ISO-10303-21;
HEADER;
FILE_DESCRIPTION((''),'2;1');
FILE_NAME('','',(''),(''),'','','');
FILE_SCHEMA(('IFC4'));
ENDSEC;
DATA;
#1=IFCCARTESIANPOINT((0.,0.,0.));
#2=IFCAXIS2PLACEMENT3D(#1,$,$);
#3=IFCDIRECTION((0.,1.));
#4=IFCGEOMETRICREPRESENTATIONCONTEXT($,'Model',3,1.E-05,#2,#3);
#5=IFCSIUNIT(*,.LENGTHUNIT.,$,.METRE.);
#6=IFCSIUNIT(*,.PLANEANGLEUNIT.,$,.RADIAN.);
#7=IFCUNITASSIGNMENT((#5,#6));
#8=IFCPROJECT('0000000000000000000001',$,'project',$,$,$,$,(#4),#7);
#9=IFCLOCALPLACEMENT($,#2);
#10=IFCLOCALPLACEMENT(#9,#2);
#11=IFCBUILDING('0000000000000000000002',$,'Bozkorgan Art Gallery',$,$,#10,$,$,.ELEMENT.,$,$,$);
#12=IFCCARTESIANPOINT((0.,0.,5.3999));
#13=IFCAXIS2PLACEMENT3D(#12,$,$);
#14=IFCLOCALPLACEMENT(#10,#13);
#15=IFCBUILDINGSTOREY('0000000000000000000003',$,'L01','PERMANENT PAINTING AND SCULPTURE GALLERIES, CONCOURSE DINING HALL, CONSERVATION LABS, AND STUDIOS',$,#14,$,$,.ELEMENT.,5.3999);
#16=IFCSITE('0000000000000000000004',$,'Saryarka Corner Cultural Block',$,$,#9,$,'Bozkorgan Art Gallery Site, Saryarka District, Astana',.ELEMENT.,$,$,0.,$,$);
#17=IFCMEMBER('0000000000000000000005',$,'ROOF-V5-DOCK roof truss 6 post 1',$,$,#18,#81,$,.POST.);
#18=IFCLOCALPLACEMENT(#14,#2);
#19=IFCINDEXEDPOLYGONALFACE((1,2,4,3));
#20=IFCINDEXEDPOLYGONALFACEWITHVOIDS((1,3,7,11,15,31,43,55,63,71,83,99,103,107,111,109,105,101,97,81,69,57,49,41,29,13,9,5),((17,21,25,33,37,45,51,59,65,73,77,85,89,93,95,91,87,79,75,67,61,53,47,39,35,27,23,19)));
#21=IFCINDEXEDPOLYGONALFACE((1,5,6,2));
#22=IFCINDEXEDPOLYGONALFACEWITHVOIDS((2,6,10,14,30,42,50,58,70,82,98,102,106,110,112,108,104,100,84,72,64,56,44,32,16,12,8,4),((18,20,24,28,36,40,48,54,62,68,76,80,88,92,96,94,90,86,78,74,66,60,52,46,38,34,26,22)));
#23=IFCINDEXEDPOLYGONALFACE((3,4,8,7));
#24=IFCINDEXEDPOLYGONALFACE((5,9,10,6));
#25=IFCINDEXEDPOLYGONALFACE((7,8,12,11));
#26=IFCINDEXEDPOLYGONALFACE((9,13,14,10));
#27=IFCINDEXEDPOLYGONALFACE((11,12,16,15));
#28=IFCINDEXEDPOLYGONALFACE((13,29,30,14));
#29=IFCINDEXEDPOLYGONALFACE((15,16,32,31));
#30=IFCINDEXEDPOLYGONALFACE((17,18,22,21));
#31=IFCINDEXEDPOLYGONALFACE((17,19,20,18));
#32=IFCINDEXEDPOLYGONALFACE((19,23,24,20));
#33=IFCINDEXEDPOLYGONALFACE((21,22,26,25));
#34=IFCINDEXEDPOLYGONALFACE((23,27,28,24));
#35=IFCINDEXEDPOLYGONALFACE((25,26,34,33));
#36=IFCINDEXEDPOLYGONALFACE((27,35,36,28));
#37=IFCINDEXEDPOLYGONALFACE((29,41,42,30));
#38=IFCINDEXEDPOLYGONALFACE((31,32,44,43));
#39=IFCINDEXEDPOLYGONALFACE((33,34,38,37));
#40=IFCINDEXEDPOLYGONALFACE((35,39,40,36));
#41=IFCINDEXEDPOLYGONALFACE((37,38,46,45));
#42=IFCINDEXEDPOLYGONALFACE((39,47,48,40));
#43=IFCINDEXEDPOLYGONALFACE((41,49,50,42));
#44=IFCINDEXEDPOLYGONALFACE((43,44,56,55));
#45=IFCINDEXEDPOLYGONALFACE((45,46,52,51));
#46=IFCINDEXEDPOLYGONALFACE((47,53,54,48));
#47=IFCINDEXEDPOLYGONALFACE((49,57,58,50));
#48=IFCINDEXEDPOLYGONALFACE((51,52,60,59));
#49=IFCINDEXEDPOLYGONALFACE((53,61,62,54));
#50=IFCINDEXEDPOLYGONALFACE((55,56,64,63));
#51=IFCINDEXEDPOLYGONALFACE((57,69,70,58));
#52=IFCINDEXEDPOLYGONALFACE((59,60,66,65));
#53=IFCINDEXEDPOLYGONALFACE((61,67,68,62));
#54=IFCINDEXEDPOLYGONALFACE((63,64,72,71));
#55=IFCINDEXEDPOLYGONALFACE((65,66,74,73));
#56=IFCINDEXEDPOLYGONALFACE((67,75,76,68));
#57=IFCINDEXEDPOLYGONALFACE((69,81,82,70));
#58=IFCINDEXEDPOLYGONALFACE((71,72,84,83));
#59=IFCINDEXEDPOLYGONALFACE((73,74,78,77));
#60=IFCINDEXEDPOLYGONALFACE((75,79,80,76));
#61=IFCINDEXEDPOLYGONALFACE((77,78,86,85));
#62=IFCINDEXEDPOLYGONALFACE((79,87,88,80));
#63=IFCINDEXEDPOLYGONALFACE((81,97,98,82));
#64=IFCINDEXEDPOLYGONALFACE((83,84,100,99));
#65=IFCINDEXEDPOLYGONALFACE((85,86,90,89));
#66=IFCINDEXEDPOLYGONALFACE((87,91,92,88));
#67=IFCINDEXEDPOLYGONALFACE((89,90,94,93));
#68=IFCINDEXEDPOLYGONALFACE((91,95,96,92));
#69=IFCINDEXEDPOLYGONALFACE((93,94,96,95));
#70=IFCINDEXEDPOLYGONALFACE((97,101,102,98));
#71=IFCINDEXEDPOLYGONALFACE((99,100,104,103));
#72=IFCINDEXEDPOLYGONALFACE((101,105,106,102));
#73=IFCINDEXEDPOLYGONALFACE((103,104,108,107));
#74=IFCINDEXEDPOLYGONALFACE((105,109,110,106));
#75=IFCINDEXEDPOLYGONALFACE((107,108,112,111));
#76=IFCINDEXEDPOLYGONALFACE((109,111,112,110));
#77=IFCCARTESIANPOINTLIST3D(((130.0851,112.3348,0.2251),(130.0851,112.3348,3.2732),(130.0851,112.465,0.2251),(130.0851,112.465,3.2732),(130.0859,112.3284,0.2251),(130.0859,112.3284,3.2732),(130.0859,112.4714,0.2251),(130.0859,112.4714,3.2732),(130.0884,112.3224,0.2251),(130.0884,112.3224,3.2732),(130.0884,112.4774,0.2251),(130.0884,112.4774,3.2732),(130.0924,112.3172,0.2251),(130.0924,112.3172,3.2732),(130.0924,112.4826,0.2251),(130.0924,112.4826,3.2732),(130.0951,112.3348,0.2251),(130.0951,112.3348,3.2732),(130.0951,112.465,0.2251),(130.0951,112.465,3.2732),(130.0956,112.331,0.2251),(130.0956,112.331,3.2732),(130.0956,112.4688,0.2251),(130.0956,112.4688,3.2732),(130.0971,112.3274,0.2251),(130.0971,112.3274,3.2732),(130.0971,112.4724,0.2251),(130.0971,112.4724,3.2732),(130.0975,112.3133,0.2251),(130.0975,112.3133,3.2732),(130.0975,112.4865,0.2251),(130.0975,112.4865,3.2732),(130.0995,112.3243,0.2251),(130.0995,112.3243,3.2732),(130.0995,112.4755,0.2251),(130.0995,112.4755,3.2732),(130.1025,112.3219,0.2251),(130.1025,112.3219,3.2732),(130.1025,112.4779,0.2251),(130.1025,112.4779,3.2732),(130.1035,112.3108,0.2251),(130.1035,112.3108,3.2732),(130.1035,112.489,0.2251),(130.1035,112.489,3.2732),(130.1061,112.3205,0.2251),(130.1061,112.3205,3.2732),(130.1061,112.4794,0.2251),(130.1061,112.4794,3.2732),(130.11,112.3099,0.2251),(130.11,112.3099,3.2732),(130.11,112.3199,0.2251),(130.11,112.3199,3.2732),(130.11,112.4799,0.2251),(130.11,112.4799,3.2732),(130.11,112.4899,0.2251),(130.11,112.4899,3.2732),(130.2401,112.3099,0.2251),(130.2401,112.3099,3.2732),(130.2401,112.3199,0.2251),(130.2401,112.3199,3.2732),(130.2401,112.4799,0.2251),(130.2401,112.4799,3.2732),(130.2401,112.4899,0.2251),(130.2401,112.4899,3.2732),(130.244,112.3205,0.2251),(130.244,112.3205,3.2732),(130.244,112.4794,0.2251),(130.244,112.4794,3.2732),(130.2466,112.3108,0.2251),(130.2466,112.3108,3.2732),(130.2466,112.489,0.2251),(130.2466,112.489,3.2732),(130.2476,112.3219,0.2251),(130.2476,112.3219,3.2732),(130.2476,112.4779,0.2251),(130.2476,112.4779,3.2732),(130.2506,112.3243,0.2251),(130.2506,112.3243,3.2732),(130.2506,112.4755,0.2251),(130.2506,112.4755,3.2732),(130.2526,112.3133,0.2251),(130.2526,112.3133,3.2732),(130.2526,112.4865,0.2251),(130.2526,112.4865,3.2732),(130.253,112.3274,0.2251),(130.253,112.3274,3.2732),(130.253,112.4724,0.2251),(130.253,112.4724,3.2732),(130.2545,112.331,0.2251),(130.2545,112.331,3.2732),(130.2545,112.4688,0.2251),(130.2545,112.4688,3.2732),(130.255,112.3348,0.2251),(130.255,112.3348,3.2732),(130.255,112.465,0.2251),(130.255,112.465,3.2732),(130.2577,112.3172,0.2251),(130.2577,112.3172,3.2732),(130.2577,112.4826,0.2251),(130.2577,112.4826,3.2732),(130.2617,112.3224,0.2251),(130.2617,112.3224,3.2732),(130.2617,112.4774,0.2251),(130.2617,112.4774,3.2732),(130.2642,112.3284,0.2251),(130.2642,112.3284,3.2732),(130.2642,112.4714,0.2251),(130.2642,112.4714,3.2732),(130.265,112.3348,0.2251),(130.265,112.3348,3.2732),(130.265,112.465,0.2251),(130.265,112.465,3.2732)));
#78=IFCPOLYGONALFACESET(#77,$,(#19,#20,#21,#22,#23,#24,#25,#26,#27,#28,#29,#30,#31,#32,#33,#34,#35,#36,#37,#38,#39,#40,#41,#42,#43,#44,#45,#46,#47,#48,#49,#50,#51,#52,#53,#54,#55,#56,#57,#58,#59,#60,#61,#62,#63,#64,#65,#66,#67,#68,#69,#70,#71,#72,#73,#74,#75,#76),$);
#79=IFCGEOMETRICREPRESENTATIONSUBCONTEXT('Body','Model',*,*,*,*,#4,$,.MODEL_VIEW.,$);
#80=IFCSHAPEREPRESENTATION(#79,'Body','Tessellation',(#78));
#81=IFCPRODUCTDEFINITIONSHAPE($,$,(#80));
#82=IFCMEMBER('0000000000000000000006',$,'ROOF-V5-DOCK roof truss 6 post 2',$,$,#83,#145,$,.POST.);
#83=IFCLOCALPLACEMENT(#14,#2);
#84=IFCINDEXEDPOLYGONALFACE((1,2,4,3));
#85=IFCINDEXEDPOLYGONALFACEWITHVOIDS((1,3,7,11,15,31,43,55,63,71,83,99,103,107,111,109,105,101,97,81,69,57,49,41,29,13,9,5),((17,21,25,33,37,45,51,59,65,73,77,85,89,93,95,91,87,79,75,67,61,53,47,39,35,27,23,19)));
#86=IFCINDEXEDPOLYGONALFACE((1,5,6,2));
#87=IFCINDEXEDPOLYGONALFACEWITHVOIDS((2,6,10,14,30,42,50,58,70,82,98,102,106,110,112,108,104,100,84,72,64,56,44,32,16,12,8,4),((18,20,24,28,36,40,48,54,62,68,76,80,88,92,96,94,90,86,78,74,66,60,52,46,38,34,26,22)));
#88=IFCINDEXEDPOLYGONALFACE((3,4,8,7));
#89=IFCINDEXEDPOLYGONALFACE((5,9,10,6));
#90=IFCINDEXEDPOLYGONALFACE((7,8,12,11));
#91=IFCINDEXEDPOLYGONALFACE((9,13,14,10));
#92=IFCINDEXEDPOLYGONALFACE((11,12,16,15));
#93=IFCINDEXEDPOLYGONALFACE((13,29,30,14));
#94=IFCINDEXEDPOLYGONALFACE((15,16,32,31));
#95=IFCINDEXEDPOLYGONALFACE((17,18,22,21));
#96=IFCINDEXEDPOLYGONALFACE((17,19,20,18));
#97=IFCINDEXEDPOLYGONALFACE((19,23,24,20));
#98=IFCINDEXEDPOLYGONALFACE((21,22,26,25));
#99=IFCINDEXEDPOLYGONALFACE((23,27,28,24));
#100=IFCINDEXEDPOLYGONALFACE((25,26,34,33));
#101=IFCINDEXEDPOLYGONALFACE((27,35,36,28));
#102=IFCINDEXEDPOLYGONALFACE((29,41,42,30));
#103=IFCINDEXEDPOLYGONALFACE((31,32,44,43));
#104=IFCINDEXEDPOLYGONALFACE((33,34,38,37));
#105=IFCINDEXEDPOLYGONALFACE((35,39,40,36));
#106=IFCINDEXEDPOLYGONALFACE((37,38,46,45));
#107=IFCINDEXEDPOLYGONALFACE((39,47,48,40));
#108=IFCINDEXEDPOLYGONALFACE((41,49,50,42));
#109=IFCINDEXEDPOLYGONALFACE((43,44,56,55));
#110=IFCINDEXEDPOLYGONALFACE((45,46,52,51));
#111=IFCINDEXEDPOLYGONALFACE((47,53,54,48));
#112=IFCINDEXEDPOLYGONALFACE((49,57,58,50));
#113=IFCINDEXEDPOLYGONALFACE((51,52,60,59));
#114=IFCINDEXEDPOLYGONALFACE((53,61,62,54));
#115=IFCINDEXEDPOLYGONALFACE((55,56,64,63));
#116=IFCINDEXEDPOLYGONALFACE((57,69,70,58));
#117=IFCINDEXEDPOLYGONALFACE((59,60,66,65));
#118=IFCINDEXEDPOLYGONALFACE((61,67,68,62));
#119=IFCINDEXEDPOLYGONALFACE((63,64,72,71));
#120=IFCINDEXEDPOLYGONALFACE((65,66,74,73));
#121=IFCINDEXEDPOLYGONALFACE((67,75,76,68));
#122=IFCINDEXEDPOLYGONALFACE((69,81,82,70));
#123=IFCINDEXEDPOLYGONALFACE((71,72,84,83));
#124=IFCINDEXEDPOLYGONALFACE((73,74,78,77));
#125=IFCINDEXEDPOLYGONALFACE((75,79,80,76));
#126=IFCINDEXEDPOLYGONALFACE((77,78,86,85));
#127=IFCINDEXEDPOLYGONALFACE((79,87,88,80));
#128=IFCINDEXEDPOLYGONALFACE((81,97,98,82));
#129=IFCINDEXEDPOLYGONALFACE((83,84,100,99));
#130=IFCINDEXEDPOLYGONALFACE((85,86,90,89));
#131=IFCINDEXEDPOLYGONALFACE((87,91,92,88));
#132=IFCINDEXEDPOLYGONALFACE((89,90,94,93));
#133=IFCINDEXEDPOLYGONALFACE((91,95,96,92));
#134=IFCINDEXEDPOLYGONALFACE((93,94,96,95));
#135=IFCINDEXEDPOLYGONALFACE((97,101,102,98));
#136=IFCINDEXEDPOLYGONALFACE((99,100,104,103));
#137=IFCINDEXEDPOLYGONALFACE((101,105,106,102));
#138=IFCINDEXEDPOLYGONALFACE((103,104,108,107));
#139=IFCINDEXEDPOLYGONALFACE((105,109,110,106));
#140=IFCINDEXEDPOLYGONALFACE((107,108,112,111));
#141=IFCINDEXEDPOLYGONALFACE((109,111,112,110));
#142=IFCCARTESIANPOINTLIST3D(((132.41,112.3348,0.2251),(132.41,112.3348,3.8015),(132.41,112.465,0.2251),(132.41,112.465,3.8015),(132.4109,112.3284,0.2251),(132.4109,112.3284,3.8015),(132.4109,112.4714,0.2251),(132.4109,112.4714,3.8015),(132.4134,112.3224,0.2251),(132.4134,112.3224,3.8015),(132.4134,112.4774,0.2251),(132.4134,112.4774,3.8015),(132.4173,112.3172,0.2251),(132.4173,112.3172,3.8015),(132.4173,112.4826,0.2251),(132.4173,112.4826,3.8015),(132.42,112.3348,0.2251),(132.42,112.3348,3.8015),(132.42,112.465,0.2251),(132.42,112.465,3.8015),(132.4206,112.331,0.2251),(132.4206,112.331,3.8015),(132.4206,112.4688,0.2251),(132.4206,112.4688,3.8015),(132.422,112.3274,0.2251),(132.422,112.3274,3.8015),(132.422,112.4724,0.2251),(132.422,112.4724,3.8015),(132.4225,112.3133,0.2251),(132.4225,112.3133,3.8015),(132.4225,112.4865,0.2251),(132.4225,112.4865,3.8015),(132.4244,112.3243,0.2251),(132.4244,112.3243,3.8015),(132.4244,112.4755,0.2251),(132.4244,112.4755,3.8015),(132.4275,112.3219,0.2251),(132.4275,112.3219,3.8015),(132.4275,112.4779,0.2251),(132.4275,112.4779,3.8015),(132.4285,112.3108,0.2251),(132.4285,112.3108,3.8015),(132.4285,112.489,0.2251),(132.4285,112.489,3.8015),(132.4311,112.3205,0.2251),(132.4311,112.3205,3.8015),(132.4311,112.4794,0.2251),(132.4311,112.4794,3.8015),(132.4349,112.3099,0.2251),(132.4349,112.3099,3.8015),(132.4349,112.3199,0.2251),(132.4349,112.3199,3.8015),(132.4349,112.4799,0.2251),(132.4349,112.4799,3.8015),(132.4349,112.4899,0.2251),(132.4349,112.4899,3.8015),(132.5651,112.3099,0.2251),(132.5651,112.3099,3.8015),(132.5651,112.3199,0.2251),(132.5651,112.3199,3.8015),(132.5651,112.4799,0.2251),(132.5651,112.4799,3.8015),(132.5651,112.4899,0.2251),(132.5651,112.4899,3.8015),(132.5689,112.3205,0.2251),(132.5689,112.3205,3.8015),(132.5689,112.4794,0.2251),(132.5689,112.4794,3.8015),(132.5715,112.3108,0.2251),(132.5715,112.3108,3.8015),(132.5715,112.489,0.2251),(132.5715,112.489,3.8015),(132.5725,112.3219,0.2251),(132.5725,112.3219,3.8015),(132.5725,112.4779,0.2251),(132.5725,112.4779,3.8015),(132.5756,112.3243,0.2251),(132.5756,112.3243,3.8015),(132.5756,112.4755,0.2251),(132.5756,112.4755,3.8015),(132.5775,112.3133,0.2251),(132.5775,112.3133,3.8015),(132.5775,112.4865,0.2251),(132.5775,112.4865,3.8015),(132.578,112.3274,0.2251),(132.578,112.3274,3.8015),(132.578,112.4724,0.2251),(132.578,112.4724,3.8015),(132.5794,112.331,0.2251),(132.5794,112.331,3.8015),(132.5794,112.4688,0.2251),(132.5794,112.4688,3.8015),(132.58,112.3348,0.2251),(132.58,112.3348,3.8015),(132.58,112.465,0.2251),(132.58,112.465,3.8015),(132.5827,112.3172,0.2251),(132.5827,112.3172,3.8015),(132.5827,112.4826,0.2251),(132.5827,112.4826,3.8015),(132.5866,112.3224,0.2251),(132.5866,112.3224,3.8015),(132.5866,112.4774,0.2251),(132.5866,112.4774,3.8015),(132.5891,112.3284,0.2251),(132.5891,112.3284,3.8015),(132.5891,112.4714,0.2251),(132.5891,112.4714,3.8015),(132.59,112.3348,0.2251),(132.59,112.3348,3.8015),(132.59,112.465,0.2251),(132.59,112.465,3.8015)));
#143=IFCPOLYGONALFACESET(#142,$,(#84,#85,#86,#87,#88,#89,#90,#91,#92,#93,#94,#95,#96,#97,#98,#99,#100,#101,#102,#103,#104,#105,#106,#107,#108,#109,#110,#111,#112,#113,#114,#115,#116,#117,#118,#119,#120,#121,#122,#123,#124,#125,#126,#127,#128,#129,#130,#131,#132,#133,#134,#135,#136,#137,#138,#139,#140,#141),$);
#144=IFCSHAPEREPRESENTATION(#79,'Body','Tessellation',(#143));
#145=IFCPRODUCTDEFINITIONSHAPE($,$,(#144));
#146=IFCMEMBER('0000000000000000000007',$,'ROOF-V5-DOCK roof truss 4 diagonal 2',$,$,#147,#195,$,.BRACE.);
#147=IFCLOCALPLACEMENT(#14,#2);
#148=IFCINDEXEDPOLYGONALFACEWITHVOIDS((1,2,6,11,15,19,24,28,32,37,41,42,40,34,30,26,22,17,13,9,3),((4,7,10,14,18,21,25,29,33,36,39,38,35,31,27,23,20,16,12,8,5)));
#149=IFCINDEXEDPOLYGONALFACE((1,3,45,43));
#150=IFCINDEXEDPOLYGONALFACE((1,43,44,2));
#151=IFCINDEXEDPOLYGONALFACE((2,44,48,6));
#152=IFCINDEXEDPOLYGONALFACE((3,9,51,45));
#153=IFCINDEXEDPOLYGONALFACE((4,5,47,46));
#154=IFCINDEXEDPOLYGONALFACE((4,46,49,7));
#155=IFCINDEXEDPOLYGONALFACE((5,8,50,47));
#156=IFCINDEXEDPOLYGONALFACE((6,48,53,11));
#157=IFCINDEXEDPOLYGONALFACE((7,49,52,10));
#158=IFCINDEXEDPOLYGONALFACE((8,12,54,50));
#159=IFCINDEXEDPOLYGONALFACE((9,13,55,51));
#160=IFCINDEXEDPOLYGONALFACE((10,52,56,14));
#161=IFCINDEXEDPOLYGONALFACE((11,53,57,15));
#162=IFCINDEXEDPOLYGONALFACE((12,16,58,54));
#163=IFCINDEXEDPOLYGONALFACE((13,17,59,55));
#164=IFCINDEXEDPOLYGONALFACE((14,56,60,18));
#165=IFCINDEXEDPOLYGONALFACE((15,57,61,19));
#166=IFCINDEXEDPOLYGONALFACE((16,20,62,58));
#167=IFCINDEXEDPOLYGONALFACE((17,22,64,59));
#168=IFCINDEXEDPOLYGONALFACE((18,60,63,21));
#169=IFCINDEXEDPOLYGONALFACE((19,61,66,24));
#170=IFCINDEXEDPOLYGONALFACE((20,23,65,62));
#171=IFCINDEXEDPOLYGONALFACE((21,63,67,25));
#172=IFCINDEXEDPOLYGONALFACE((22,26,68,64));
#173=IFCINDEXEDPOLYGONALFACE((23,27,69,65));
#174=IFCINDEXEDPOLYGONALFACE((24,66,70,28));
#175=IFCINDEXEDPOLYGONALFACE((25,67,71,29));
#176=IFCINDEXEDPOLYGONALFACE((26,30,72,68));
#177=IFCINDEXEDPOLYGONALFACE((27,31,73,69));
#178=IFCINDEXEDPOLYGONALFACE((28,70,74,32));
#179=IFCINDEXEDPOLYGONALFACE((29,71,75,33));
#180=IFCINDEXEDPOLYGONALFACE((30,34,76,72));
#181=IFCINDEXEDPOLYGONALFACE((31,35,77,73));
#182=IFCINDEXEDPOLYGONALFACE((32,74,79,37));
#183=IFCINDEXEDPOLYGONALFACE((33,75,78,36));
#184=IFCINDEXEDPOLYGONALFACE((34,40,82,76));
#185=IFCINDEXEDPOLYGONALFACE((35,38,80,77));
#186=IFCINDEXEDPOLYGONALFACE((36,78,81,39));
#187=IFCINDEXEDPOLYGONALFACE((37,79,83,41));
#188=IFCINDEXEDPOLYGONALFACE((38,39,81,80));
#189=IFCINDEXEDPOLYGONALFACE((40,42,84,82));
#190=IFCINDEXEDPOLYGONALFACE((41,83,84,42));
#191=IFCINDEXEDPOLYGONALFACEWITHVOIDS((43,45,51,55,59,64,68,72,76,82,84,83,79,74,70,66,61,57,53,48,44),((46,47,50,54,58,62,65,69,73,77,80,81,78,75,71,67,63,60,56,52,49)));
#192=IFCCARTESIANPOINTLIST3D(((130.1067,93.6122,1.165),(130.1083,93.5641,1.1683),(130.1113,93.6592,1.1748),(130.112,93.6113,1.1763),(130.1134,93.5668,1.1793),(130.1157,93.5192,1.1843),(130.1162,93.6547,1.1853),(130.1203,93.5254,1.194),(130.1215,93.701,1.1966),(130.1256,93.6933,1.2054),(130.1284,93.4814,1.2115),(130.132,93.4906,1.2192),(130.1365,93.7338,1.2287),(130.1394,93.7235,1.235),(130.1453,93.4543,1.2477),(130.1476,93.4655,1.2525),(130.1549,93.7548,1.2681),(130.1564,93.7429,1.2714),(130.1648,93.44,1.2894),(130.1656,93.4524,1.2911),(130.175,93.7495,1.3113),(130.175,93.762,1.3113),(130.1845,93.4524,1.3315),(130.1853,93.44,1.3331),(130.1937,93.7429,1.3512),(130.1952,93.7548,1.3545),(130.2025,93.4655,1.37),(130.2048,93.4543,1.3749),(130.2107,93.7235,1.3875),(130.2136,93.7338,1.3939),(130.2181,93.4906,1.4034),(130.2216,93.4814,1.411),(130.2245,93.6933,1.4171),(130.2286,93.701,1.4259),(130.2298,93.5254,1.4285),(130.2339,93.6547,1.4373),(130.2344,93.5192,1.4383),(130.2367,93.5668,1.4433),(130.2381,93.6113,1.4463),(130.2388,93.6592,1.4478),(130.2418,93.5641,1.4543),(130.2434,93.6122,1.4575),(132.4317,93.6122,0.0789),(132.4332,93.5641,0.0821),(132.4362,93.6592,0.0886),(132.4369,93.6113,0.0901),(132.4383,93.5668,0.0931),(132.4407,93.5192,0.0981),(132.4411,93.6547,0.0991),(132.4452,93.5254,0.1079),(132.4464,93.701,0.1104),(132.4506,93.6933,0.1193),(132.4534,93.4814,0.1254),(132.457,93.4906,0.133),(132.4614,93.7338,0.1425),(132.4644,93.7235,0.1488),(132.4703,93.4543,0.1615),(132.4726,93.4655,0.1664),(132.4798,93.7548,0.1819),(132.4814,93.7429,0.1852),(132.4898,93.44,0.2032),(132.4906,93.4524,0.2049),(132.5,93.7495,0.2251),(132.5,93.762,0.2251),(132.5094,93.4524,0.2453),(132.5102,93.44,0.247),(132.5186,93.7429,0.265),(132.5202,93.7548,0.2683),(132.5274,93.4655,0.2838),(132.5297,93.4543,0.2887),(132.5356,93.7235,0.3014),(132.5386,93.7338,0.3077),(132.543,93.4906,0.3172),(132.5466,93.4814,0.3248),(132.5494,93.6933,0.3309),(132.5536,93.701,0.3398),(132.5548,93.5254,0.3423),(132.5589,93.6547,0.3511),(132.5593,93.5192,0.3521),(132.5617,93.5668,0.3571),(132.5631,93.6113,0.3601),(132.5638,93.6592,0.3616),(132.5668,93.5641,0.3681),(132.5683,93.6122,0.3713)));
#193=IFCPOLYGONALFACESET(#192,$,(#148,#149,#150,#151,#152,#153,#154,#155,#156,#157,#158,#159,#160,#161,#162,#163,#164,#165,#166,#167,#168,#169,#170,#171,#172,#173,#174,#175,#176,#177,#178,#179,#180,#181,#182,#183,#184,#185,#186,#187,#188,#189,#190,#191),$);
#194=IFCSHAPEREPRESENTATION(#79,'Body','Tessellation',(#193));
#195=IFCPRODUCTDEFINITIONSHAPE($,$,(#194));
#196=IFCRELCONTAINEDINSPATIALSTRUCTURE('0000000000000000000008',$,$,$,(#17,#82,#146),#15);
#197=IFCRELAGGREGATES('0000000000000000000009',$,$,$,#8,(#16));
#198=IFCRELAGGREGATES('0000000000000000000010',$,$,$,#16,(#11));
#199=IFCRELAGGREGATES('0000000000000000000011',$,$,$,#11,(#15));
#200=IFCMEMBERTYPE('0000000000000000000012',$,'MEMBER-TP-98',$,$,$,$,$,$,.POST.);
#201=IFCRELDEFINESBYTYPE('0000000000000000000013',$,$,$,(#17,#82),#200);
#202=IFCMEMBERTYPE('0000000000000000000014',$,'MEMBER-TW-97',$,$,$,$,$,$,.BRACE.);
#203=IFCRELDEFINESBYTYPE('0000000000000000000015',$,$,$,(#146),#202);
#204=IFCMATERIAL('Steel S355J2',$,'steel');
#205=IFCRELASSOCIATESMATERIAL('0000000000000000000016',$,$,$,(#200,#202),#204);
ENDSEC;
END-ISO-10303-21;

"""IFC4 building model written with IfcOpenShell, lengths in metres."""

from ifc_helpers import new_model, si_unit, direction, frame, origin, origin_2d, place, context, subcontext, project, spatial, hollow_rectangle, hollow_circle, extrude, material, material_profile, profile_set, type_object, element, save


model = new_model("IFC4")

# Units and contexts
model_context = context("Model", 3, precision=1e-05, world=origin(), true_north=direction((0.0, 1.0)))
body_context = subcontext(model_context, "Body", "Model", "MODEL_VIEW")
ifc_project = project(units=[si_unit("LENGTHUNIT", "METRE"), si_unit("PLANEANGLEUNIT", "RADIAN")], contexts=[model_context])

# Site, building, storey
site_placement = place(None, origin())
site = spatial("IfcSite", under=ifc_project, at=site_placement, Name="Saryarka Corner Cultural Block", LongName="Bozkorgan Art Gallery Site, Saryarka District, Astana", CompositionType="ELEMENT", RefElevation=0.0)
building_placement = place(site_placement, origin())
building = spatial("IfcBuilding", under=site, at=building_placement, Name="Bozkorgan Art Gallery", CompositionType="ELEMENT")
storey_placement = place(building_placement, frame((0.0, 0.0, 5.3999)))
storey = spatial("IfcBuildingStorey", under=building, at=storey_placement, Name="L01", Description="PERMANENT PAINTING AND SCULPTURE GALLERIES, CONCOURSE DINING HALL, CONSERVATION LABS, AND STUDIOS", CompositionType="ELEMENT", Elevation=5.3999)

# Members
ifc_material_1 = material(Name="Steel S355J2", Category="steel")
ifc_material_profile_1 = material_profile(ifc_material_1, hollow_rectangle(XDim=0.1799, YDim=0.1799, WallThickness=0.01, InnerFilletRadius=0.0149, OuterFilletRadius=0.0249, at=origin_2d()), Name="SHS 180x180x10")
ifc_profile_set_1 = profile_set([ifc_material_profile_1], Name="Steel S355J2")
member_type_1 = type_object("IfcMemberType", Name="MEMBER-TP-98", PredefinedType="POST", material=ifc_profile_set_1)
member_1_placement = place(storey_placement, frame((130.175, 112.3999, 0.2251), z_axis=(0.0, 0.0, 1.0), x_axis=(1.0, 0.0, 0.0)))
element("IfcMember", 1, at=member_1_placement, inside=storey, type_object=member_type_1, Name="ROOF-V5-DOCK roof truss 6 post 1", PredefinedType="POST", context=body_context, shape_type="SweptSolid", body=[
    extrude(hollow_rectangle(XDim=0.1799, YDim=0.1799, WallThickness=0.01, InnerFilletRadius=0.0149, OuterFilletRadius=0.0249, at=origin_2d()), origin(), (0.0, 0.0, 1.0), 3.0481),
])
member_2_placement = place(storey_placement, frame((132.5, 112.3999, 0.2251), z_axis=(0.0, 0.0, 1.0), x_axis=(1.0, 0.0, 0.0)))
element("IfcMember", 2, at=member_2_placement, inside=storey, type_object=member_type_1, Name="ROOF-V5-DOCK roof truss 6 post 2", PredefinedType="POST", context=body_context, shape_type="SweptSolid", body=[
    extrude(hollow_rectangle(XDim=0.1799, YDim=0.1799, WallThickness=0.01, InnerFilletRadius=0.0149, OuterFilletRadius=0.0249, at=origin_2d()), origin(), (0.0, 0.0, 1.0), 3.5764),
])
ifc_material_profile_2 = material_profile(ifc_material_1, hollow_circle(Radius=0.1619, WallThickness=0.0125, at=origin_2d()), Name="CHS 323.9x12.5")
ifc_profile_set_2 = profile_set([ifc_material_profile_2], Name="Steel S355J2")
member_type_2 = type_object("IfcMemberType", Name="MEMBER-TW-97", PredefinedType="BRACE", material=ifc_profile_set_2)
member_3_placement = place(storey_placement, frame((130.175, 93.6001, 1.3113), z_axis=(0.906003, 0.0, -0.423271), x_axis=(0.0, 1.0, 0.0)))
element("IfcMember", 3, at=member_3_placement, inside=storey, type_object=member_type_2, Name="ROOF-V5-DOCK roof truss 4 diagonal 2", PredefinedType="BRACE", context=body_context, shape_type="SweptSolid", body=[
    extrude(hollow_circle(Radius=0.1619, WallThickness=0.0125, at=origin_2d()), origin(), (0.0, 0.0, 1.0), 2.5662),
])

save(model, "model.ifc")
